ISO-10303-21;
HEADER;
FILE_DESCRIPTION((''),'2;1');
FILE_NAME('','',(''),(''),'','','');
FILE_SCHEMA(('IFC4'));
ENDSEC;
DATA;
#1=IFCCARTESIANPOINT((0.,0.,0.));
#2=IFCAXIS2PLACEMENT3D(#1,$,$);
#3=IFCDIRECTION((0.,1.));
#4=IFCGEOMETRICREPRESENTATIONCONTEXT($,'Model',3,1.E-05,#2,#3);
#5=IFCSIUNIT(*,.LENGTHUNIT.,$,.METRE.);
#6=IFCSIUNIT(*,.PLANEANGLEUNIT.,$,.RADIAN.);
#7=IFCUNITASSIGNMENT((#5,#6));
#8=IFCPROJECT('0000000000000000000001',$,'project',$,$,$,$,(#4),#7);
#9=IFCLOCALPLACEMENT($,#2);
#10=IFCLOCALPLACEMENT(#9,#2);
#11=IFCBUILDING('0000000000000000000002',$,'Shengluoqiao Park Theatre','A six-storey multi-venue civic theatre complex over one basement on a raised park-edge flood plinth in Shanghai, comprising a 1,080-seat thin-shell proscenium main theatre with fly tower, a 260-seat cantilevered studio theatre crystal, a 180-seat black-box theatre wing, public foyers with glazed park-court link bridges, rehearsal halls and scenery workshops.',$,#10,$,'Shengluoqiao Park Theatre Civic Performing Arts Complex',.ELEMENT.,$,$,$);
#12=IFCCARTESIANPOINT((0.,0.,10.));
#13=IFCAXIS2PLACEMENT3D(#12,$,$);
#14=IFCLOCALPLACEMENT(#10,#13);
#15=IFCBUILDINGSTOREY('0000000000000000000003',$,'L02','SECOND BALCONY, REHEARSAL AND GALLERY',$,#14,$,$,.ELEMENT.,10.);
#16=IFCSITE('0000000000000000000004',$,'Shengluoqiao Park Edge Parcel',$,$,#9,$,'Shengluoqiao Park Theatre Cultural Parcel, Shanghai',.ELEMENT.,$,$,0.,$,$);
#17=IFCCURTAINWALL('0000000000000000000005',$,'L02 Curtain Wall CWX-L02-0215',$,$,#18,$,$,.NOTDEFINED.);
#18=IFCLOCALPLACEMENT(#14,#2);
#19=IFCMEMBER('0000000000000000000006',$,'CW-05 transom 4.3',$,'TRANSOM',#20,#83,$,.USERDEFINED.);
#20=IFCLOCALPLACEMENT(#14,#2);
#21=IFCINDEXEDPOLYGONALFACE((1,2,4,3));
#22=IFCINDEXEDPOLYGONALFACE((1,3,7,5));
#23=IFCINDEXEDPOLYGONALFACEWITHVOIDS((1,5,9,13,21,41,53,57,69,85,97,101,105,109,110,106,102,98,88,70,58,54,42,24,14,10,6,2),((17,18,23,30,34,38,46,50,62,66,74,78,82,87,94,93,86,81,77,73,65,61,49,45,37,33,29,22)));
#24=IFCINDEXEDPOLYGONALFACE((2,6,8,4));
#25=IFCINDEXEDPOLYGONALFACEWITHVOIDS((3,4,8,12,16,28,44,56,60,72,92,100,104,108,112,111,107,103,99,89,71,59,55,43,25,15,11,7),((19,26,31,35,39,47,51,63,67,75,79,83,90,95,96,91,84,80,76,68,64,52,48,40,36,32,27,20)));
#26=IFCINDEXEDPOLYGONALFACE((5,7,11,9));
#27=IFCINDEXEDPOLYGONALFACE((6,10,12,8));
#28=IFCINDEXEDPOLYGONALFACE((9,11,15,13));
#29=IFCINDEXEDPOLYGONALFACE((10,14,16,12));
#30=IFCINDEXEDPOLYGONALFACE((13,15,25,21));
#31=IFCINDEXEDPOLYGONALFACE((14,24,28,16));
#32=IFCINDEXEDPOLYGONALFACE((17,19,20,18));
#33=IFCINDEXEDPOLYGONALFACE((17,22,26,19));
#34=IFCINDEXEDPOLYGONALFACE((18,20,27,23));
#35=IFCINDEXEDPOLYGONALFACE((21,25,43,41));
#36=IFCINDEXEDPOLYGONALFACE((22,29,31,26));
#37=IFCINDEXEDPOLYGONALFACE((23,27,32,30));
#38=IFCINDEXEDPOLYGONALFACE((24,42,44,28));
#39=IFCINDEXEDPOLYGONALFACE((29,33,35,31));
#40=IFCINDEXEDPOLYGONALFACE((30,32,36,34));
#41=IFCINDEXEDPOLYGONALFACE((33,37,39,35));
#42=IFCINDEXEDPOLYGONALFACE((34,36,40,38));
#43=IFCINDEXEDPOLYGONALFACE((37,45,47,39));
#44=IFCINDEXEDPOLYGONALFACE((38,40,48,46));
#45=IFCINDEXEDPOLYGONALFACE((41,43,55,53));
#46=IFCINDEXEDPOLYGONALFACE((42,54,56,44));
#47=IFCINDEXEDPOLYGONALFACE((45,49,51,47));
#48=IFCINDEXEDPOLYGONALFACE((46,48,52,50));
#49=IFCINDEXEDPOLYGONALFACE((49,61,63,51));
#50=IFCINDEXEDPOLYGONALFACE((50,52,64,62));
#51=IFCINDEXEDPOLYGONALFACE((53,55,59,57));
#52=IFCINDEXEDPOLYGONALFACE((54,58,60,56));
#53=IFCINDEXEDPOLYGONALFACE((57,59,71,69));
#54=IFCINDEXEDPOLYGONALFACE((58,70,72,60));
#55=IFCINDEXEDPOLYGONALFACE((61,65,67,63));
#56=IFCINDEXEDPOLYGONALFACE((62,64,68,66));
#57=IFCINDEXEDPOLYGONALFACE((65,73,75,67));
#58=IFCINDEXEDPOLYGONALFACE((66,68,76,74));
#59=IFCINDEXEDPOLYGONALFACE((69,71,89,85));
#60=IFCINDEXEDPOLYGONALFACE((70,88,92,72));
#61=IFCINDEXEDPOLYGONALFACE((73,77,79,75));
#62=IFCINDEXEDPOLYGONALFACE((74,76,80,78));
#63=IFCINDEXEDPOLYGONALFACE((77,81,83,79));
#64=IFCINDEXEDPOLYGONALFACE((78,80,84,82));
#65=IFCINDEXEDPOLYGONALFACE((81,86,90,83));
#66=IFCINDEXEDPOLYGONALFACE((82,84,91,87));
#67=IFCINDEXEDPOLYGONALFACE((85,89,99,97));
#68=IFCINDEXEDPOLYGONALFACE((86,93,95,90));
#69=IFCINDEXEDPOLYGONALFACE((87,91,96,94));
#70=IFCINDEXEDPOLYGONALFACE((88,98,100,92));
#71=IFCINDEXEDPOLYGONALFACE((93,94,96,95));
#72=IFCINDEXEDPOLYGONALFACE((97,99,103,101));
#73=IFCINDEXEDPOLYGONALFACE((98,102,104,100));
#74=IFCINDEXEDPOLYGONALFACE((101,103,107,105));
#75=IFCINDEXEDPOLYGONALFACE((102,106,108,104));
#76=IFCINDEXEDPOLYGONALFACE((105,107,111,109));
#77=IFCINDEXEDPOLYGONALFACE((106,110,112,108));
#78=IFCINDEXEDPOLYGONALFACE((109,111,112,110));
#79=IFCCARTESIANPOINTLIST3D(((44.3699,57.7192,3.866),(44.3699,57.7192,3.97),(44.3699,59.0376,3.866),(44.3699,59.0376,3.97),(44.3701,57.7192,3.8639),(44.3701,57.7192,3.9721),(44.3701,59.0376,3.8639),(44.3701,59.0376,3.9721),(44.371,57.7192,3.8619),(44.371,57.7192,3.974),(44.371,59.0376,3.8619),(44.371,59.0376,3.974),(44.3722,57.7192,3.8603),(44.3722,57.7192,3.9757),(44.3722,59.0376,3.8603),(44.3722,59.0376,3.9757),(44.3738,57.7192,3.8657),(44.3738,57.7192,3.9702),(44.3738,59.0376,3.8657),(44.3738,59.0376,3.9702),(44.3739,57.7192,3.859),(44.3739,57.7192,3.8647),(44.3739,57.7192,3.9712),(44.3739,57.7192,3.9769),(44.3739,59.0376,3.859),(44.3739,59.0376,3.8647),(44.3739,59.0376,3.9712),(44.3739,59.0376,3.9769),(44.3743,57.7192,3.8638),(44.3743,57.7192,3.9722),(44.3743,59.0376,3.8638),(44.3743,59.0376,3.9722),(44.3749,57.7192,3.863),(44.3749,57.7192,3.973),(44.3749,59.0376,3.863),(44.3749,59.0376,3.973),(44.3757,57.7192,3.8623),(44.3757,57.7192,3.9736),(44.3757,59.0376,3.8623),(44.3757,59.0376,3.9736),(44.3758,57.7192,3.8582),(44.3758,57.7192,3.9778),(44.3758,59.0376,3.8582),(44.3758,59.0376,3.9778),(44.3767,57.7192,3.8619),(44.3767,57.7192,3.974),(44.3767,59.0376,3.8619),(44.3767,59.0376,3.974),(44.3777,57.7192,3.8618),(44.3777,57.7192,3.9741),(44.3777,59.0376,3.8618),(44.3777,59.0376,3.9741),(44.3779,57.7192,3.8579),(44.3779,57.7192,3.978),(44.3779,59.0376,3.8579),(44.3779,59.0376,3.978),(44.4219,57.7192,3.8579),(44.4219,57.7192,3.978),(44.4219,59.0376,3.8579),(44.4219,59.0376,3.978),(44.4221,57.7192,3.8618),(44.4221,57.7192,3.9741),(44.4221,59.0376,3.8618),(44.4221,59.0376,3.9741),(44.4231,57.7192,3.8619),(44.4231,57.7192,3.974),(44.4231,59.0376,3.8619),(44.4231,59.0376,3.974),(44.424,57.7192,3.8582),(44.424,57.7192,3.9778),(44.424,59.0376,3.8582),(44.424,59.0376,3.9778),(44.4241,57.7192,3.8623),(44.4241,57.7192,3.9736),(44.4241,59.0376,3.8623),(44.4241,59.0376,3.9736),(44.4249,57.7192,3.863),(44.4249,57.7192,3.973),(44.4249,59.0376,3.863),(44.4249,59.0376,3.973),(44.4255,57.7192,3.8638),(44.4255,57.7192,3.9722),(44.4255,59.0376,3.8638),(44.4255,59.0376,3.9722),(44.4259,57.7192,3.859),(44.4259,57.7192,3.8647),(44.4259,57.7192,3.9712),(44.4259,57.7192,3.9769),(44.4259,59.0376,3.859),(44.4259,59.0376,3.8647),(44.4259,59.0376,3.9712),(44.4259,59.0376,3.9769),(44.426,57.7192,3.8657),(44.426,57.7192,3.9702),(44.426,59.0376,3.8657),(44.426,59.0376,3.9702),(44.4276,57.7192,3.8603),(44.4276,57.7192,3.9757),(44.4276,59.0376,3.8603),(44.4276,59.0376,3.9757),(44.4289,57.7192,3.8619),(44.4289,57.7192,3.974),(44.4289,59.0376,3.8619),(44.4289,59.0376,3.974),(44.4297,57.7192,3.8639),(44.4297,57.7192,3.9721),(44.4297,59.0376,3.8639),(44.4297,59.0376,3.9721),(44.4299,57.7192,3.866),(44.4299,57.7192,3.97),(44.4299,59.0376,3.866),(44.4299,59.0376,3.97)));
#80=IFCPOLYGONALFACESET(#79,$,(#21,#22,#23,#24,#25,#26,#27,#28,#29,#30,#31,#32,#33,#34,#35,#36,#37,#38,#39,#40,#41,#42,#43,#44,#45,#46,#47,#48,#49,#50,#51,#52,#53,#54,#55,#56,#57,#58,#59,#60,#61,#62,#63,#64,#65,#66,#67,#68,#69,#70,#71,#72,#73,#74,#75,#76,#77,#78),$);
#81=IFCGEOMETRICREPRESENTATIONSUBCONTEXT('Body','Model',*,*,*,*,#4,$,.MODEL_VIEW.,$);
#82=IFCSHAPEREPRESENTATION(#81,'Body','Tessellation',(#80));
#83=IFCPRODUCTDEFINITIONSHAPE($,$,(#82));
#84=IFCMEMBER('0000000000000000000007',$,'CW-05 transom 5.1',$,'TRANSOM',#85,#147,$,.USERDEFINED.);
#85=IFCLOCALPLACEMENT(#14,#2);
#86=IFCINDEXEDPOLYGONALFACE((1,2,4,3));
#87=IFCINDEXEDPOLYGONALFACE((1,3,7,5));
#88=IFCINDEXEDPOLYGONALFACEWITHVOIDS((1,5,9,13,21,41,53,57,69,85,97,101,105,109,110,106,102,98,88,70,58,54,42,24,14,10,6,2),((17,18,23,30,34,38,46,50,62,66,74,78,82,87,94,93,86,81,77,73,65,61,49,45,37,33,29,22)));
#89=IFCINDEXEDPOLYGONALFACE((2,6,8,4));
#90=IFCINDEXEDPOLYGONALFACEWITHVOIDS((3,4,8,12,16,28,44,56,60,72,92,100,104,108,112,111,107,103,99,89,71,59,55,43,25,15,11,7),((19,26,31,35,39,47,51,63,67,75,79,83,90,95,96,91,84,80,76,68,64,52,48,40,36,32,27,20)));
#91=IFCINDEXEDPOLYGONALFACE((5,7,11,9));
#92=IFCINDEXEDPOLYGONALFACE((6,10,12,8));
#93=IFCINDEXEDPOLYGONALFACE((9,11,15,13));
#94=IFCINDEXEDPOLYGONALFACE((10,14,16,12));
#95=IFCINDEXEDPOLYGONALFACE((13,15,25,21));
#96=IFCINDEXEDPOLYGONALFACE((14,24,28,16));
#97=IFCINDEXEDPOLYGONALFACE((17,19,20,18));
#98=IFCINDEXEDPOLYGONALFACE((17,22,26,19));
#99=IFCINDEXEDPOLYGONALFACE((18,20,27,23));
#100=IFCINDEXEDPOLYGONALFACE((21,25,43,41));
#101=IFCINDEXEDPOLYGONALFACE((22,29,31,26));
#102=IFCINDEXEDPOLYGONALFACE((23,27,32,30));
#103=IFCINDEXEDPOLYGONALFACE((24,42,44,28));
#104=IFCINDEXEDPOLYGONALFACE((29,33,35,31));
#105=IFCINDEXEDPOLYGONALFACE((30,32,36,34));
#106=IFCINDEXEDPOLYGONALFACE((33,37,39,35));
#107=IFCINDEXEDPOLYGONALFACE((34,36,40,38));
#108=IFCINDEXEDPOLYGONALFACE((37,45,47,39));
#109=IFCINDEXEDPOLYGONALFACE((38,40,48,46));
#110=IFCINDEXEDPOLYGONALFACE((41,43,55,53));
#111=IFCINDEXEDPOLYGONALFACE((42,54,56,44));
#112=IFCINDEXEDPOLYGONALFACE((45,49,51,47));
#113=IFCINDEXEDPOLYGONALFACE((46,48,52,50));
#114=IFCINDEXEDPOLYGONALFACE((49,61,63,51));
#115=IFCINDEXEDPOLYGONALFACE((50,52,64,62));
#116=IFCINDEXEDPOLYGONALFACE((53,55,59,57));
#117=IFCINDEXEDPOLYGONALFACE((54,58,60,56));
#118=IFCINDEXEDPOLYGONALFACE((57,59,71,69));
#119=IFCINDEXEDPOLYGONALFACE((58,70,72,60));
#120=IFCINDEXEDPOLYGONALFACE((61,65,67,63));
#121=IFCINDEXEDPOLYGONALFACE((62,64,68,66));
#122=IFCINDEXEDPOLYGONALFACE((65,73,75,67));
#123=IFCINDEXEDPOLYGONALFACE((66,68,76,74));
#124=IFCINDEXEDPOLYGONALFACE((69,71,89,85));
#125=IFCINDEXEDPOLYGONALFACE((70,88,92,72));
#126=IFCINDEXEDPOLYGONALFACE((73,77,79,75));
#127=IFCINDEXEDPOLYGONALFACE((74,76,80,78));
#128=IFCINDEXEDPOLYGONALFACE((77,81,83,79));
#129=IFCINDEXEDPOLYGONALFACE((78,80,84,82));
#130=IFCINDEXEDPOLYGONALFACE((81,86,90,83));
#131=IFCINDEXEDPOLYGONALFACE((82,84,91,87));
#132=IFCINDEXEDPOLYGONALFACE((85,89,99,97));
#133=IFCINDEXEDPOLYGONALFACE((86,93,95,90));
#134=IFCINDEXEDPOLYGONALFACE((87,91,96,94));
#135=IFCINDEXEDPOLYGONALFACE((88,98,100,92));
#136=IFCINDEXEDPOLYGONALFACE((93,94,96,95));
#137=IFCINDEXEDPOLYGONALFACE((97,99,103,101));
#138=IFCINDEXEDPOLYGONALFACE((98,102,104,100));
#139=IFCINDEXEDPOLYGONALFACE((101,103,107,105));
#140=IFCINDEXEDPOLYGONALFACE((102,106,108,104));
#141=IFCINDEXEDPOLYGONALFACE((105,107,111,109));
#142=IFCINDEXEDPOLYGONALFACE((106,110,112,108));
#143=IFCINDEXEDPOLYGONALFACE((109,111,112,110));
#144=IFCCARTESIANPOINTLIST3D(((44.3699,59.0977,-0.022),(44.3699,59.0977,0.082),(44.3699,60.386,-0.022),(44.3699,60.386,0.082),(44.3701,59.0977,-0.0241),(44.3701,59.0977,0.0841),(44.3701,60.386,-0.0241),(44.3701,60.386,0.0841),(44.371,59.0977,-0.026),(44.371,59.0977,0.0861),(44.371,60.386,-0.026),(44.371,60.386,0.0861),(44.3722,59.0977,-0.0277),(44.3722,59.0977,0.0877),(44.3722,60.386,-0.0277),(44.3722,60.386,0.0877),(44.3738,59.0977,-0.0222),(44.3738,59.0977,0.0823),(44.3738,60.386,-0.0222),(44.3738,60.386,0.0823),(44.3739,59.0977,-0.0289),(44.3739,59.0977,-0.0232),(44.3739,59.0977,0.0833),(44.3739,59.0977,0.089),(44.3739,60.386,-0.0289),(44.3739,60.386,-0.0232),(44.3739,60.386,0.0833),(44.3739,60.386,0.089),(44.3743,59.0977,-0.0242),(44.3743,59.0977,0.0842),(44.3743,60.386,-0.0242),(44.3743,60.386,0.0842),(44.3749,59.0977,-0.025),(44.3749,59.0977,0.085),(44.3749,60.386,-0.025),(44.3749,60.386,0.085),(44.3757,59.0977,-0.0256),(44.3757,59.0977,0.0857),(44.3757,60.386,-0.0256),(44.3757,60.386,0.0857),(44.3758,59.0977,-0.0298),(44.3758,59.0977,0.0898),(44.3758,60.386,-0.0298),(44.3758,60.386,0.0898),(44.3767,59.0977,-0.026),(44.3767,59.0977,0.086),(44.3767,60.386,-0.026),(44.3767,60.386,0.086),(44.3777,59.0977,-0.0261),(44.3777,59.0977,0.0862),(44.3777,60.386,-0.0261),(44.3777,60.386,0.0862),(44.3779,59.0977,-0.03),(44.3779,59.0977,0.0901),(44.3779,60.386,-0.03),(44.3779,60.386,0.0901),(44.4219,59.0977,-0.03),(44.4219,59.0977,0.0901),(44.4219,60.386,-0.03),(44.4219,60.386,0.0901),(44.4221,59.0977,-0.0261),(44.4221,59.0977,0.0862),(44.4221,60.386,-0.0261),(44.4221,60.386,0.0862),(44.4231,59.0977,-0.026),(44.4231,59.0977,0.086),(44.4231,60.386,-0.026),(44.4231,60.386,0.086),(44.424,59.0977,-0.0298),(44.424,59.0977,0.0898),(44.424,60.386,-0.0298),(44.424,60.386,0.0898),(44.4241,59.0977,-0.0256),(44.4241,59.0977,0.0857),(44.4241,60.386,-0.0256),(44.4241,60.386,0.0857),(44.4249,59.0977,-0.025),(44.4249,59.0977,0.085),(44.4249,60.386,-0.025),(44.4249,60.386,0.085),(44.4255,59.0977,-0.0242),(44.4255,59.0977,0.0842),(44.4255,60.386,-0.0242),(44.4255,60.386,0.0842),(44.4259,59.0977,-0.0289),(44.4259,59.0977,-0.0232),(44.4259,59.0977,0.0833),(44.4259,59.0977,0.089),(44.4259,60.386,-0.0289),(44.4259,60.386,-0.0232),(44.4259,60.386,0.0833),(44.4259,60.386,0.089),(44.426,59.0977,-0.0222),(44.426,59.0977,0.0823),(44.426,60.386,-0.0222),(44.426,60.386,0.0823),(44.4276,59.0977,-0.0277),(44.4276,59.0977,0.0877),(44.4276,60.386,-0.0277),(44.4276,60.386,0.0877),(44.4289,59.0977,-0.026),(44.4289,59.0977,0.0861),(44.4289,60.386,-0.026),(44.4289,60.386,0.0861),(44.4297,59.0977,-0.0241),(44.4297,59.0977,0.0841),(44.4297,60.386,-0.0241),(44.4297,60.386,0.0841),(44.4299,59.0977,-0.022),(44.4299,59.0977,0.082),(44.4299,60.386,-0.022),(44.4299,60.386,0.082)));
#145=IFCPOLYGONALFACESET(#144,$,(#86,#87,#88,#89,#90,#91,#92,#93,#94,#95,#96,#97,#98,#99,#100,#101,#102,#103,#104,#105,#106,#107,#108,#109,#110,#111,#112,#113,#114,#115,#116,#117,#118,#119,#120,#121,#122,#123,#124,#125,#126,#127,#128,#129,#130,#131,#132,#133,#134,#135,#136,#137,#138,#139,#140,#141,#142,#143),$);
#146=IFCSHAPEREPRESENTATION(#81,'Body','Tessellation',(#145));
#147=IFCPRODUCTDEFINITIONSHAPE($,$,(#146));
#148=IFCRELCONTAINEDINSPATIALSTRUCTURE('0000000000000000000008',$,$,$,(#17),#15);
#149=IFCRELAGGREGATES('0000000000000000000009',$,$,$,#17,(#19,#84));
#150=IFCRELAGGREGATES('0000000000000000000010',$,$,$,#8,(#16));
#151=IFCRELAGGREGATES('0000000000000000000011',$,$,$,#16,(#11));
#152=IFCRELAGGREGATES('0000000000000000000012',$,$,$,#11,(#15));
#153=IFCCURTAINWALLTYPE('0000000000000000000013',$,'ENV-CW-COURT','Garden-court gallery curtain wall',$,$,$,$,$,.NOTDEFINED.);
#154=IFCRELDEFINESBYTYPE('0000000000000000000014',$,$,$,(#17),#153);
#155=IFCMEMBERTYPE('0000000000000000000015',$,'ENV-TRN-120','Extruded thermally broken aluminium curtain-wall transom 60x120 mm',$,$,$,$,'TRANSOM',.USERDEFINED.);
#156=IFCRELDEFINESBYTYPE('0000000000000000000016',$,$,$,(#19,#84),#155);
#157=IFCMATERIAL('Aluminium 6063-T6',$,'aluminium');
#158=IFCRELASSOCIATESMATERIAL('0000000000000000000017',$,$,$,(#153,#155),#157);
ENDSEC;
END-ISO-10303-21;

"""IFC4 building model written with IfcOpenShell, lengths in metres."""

from ifc_helpers import new_model, si_unit, direction, frame, origin, origin_2d, place, context, subcontext, project, spatial, hollow_rectangle, extrude, material, material_profile, profile_set, type_object, element, aggregate, save


model = new_model("IFC4")

# Units and contexts
model_context = context("Model", 3, precision=1e-05, world=origin(), true_north=direction((0.0, 1.0)))
body_context = subcontext(model_context, "Body", "Model", "MODEL_VIEW")
ifc_project = project(units=[si_unit("LENGTHUNIT", "METRE"), si_unit("PLANEANGLEUNIT", "RADIAN")], contexts=[model_context])

# Site, building, storey
site_placement = place(None, origin())
site = spatial("IfcSite", under=ifc_project, at=site_placement, Name="Shengluoqiao Park Edge Parcel", LongName="Shengluoqiao Park Theatre Cultural Parcel, Shanghai", CompositionType="ELEMENT", RefElevation=0.0)
building_placement = place(site_placement, origin())
building = spatial("IfcBuilding", under=site, at=building_placement, Name="Shengluoqiao Park Theatre", Description="A six-storey multi-venue civic theatre complex over one basement on a raised park-edge flood plinth in Shanghai, comprising a 1,080-seat thin-shell proscenium main theatre with fly tower, a 260-seat cantilevered studio theatre crystal, a 180-seat black-box theatre wing, public foyers with glazed park-court link bridges, rehearsal halls and scenery workshops.", LongName="Shengluoqiao Park Theatre Civic Performing Arts Complex", CompositionType="ELEMENT")
storey_placement = place(building_placement, frame((0.0, 0.0, 10.0)))
storey = spatial("IfcBuildingStorey", under=building, at=storey_placement, Name="L02", Description="SECOND BALCONY, REHEARSAL AND GALLERY", CompositionType="ELEMENT", Elevation=10.0)

# Curtain wall
ifc_material_1 = material(Name="Aluminium 6063-T6", Category="aluminium")
curtain_wall_type = type_object("IfcCurtainWallType", Name="ENV-CW-COURT", Description="Garden-court gallery curtain wall", PredefinedType="NOTDEFINED", material=ifc_material_1)
curtain_wall_1_placement = place(storey_placement, origin())
curtain_wall_1 = element("IfcCurtainWall", 1, at=curtain_wall_1_placement, inside=storey, type_object=curtain_wall_type, Name="L02 Curtain Wall CWX-L02-0215", PredefinedType="NOTDEFINED")

# Members
ifc_material_profile_1 = material_profile(ifc_material_1, hollow_rectangle(XDim=0.0601, YDim=0.1201, WallThickness=0.0039, InnerFilletRadius=0.0039, OuterFilletRadius=0.0081, at=origin_2d()), Name="ALU TRANSOM 120x60x4")
ifc_profile_set_1 = profile_set([ifc_material_profile_1], Name="Aluminium 6063-T6")
member_type_1 = type_object("IfcMemberType", Name="ENV-TRN-120", Description="Extruded thermally broken aluminium curtain-wall transom 60x120 mm", ElementType="TRANSOM", PredefinedType="USERDEFINED", material=ifc_profile_set_1)
member_1_placement = place(storey_placement, frame((44.3999, 57.7192, 3.918), z_axis=(0.0, 1.0, 0.0), x_axis=(-1.0, 0.0, 0.0)))
member_1 = element("IfcMember", 2, at=member_1_placement, type_object=member_type_1, Name="CW-05 transom 4.3", ObjectType="TRANSOM", PredefinedType="USERDEFINED", context=body_context, shape_type="SweptSolid", body=[
    extrude(hollow_rectangle(XDim=0.0601, YDim=0.1201, WallThickness=0.0039, InnerFilletRadius=0.0039, OuterFilletRadius=0.0081, at=origin_2d()), origin(), (0.0, 0.0, 1.0), 1.3184),
])
member_2_placement = place(storey_placement, frame((44.3999, 59.0977, 0.03), z_axis=(0.0, 1.0, 0.0), x_axis=(-1.0, 0.0, 0.0)))
member_2 = element("IfcMember", 3, at=member_2_placement, type_object=member_type_1, Name="CW-05 transom 5.1", ObjectType="TRANSOM", PredefinedType="USERDEFINED", context=body_context, shape_type="SweptSolid", body=[
    extrude(hollow_rectangle(XDim=0.0601, YDim=0.1201, WallThickness=0.0039, InnerFilletRadius=0.0039, OuterFilletRadius=0.0081, at=origin_2d()), origin(), (0.0, 0.0, 1.0), 1.2883),
])

aggregate(curtain_wall_1, [member_1, member_2])

save(model, "model.ifc")
